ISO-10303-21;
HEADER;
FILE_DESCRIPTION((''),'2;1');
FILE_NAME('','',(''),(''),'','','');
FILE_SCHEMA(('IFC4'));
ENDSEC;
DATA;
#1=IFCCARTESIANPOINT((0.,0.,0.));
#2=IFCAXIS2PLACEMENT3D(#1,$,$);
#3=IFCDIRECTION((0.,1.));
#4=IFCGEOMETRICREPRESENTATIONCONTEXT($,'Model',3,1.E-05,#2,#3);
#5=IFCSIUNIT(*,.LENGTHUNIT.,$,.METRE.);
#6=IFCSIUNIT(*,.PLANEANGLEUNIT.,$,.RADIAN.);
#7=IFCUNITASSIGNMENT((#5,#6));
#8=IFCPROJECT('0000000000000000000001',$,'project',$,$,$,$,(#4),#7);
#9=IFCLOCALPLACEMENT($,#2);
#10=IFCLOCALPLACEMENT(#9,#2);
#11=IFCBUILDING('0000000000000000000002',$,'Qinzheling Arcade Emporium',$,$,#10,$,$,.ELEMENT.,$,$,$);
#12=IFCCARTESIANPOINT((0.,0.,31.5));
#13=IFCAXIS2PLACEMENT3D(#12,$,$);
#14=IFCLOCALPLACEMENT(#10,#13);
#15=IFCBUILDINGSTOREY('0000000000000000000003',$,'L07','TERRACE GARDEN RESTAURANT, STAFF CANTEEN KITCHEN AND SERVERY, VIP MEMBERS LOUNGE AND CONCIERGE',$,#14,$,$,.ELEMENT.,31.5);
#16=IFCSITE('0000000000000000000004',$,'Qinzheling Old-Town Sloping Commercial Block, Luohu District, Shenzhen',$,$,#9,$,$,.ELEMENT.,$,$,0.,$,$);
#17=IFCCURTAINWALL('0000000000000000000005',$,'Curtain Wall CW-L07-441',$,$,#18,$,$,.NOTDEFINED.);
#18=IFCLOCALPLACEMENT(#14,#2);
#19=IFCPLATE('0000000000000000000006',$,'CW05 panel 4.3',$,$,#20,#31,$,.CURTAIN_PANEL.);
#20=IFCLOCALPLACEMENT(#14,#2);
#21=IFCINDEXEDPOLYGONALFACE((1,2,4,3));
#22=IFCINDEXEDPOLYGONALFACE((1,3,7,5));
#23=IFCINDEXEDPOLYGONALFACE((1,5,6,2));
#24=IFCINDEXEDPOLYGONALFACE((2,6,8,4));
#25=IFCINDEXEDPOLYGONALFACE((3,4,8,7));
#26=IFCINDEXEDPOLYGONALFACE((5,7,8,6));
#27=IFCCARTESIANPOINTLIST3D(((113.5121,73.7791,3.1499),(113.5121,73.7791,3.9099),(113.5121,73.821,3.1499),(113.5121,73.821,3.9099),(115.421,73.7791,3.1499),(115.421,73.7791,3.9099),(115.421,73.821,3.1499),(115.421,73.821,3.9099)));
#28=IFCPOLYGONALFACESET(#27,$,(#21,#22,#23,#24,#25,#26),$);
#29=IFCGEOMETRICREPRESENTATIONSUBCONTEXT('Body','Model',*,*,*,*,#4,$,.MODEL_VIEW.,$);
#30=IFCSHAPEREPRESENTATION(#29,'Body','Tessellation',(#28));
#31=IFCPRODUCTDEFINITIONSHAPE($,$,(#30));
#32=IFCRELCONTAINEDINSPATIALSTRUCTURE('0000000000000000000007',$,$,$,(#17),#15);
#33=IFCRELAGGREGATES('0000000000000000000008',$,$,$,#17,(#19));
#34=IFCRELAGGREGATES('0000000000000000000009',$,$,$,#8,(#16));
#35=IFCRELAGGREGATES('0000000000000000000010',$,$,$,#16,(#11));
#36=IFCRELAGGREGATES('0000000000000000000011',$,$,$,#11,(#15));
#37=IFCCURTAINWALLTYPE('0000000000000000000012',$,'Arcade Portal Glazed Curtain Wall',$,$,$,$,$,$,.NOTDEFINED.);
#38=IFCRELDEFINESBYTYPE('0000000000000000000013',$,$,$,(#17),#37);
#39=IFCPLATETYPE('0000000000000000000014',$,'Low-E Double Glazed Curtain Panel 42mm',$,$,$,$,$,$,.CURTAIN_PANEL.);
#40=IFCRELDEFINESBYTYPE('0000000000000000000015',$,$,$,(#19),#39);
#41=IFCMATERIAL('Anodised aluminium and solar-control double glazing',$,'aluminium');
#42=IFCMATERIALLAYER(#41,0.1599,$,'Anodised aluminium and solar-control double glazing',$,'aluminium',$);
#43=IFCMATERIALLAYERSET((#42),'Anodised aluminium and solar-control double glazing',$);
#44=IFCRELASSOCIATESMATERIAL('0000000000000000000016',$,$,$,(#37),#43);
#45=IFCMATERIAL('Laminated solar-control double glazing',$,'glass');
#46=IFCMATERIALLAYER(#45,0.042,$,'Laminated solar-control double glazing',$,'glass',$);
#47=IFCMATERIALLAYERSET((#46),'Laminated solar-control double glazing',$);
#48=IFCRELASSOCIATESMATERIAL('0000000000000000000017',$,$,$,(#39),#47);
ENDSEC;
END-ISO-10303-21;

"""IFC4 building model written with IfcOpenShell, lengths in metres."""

from ifc_helpers import new_model, si_unit, direction, frame, origin, origin_2d, place, context, subcontext, project, spatial, rectangle, extrude, material, layer, layer_set, type_object, element, aggregate, save


model = new_model("IFC4")

# Units and contexts
model_context = context("Model", 3, precision=1e-05, world=origin(), true_north=direction((0.0, 1.0)))
body_context = subcontext(model_context, "Body", "Model", "MODEL_VIEW")
ifc_project = project(units=[si_unit("LENGTHUNIT", "METRE"), si_unit("PLANEANGLEUNIT", "RADIAN")], contexts=[model_context])

# Site, building, storey
site_placement = place(None, origin())
site = spatial("IfcSite", under=ifc_project, at=site_placement, Name="Qinzheling Old-Town Sloping Commercial Block, Luohu District, Shenzhen", CompositionType="ELEMENT", RefElevation=0.0)
building_placement = place(site_placement, origin())
building = spatial("IfcBuilding", under=site, at=building_placement, Name="Qinzheling Arcade Emporium", CompositionType="ELEMENT")
storey_placement = place(building_placement, frame((0.0, 0.0, 31.5)))
storey = spatial("IfcBuildingStorey", under=building, at=storey_placement, Name="L07", Description="TERRACE GARDEN RESTAURANT, STAFF CANTEEN KITCHEN AND SERVERY, VIP MEMBERS LOUNGE AND CONCIERGE", CompositionType="ELEMENT", Elevation=31.5)

# Curtain wall
ifc_material_1 = material(Name="Anodised aluminium and solar-control double glazing", Category="aluminium")
ifc_layer_1 = layer(ifc_material_1, 0.1599, Name="Anodised aluminium and solar-control double glazing", Category="aluminium")
ifc_layer_set_1 = layer_set([ifc_layer_1], Name="Anodised aluminium and solar-control double glazing")
curtain_wall_type = type_object("IfcCurtainWallType", Name="Arcade Portal Glazed Curtain Wall", PredefinedType="NOTDEFINED", material=ifc_layer_set_1)
curtain_wall_1_placement = place(storey_placement, origin())
curtain_wall_1 = element("IfcCurtainWall", 1, at=curtain_wall_1_placement, inside=storey, type_object=curtain_wall_type, Name="Curtain Wall CW-L07-441", PredefinedType="NOTDEFINED")

# Plate
ifc_material_2 = material(Name="Laminated solar-control double glazing", Category="glass")
ifc_layer_2 = layer(ifc_material_2, 0.042, Name="Laminated solar-control double glazing", Category="glass")
ifc_layer_set_2 = layer_set([ifc_layer_2], Name="Laminated solar-control double glazing")
plate_type_1 = type_object("IfcPlateType", Name="Low-E Double Glazed Curtain Panel 42mm", PredefinedType="CURTAIN_PANEL", material=ifc_layer_set_2)
plate_1_placement = place(storey_placement, frame((114.4666, 73.8, 3.1499), z_axis=(0.0, 0.0, 1.0), x_axis=(-1.0, 0.0, 0.0)))
plate_1 = element("IfcPlate", 2, at=plate_1_placement, type_object=plate_type_1, Name="CW05 panel 4.3", PredefinedType="CURTAIN_PANEL", context=body_context, shape_type="SweptSolid", body=[
    extrude(rectangle(XDim=1.9089, YDim=0.042, at=origin_2d()), origin(), (0.0, 0.0, 1.0), 0.76),
])
aggregate(curtain_wall_1, [plate_1])

save(model, "model.ifc")
